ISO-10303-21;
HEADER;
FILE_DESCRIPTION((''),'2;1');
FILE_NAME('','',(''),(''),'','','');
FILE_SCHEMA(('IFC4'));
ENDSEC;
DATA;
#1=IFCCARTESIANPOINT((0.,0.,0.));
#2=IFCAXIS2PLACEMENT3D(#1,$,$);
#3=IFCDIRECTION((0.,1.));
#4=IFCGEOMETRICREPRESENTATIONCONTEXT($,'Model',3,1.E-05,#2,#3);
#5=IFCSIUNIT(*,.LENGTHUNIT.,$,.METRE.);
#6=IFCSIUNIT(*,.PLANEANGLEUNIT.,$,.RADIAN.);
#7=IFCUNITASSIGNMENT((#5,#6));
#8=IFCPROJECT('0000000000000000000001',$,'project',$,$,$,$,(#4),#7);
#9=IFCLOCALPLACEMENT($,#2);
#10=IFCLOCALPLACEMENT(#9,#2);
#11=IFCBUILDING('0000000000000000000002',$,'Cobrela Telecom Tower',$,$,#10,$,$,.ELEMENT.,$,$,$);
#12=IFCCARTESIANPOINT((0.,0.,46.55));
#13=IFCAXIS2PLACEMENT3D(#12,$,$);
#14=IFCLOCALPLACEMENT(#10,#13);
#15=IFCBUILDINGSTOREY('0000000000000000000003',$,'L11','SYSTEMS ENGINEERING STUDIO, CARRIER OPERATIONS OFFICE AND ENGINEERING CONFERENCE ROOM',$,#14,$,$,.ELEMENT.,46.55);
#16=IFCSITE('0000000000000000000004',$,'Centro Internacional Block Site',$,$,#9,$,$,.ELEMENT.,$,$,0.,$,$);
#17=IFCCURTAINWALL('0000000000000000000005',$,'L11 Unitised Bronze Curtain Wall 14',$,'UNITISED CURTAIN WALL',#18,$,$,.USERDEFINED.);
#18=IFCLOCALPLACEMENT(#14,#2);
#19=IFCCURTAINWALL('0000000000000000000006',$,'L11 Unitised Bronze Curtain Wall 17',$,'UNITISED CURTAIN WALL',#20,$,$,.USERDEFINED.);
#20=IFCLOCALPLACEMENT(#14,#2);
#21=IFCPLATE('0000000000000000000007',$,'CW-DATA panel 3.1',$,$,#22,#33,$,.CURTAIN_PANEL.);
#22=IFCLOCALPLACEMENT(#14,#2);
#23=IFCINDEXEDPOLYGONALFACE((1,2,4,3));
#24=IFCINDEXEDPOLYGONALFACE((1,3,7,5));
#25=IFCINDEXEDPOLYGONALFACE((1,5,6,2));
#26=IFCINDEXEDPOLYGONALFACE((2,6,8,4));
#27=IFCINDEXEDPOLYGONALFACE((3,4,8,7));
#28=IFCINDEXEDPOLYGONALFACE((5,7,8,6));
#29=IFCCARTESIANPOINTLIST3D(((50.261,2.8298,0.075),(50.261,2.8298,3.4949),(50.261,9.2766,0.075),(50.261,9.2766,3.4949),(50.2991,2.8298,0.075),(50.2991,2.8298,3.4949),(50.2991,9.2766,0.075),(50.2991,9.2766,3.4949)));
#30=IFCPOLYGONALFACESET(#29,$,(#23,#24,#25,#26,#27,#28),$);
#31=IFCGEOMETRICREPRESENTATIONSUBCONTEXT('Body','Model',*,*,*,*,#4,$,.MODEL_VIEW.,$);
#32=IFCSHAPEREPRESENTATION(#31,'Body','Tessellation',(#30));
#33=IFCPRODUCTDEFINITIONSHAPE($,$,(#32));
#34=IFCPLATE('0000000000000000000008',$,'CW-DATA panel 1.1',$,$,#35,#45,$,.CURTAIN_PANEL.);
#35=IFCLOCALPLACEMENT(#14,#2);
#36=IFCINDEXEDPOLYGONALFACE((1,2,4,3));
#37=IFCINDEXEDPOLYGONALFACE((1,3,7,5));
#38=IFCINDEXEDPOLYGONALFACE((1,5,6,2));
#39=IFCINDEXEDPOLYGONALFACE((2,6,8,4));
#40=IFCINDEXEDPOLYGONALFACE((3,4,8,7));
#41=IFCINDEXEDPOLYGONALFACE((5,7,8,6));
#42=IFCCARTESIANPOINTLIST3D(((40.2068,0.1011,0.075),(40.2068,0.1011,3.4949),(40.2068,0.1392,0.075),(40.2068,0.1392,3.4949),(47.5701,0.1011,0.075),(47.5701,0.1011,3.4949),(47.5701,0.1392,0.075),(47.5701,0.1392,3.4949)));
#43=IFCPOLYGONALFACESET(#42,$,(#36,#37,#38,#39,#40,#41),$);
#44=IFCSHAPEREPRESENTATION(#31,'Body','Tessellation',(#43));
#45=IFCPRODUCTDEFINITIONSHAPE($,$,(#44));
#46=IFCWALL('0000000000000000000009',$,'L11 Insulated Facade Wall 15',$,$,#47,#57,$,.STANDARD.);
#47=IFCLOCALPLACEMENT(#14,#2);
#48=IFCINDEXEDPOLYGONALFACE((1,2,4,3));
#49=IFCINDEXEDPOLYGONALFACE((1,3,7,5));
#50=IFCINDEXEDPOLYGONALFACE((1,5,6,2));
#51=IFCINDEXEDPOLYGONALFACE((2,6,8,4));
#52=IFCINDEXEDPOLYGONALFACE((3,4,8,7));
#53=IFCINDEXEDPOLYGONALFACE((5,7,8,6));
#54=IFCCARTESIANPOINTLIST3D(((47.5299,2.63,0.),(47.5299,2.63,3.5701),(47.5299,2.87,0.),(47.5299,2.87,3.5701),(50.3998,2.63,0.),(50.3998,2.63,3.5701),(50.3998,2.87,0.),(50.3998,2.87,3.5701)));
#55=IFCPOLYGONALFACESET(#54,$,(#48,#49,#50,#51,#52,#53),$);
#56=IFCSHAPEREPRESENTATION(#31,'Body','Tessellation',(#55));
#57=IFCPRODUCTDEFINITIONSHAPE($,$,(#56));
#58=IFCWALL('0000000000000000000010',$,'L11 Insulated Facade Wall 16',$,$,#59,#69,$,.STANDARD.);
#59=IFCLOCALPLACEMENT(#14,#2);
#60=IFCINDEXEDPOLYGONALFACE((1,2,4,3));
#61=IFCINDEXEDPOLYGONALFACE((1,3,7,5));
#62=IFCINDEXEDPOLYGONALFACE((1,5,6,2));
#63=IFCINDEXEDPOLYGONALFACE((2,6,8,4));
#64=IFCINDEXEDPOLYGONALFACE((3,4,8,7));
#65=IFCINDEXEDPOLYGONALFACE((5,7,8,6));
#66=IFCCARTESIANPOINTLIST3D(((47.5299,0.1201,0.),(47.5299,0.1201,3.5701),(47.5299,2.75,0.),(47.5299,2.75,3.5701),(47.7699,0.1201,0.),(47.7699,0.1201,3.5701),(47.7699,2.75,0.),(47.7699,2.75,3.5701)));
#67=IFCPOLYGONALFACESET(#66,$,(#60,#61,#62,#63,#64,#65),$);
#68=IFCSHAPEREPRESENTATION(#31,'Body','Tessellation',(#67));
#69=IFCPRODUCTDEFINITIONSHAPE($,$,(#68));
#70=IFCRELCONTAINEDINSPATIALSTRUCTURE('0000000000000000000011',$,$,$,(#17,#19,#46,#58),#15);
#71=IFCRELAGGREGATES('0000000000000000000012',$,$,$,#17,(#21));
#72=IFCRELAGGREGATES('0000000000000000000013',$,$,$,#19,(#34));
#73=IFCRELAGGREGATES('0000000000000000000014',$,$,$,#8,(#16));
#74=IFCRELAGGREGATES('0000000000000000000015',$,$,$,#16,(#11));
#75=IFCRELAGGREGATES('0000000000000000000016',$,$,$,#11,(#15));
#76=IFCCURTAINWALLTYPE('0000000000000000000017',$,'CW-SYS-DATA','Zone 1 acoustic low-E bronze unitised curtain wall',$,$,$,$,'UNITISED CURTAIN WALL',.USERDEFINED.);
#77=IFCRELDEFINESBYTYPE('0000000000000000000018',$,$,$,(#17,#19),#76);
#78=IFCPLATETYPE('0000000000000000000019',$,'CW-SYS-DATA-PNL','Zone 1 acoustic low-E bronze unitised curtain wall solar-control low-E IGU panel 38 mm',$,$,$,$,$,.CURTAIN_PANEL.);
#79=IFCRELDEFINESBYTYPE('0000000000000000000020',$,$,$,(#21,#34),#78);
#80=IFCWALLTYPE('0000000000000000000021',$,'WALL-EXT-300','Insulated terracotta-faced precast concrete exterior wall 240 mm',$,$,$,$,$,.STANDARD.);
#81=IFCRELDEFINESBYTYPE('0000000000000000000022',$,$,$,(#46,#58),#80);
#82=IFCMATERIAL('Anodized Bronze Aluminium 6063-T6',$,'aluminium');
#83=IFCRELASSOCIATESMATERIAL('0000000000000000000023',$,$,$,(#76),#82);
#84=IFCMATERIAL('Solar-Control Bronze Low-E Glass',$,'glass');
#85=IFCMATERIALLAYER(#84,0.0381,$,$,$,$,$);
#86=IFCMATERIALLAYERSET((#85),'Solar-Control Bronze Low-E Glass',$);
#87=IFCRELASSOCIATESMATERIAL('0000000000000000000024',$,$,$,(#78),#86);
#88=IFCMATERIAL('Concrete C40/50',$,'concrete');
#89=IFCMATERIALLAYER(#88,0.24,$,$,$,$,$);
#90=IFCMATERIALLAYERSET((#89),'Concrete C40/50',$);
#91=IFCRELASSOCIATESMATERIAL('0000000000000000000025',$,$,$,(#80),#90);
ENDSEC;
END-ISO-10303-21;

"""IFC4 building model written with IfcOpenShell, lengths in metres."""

from ifc_helpers import new_model, si_unit, direction, frame, frame_2d, origin, origin_2d, place, context, subcontext, project, spatial, rectangle, extrude, material, layer, layer_set, type_object, element, aggregate, save


model = new_model("IFC4")

# Units and contexts
model_context = context("Model", 3, precision=1e-05, world=origin(), true_north=direction((0.0, 1.0)))
body_context = subcontext(model_context, "Body", "Model", "MODEL_VIEW")
ifc_project = project(units=[si_unit("LENGTHUNIT", "METRE"), si_unit("PLANEANGLEUNIT", "RADIAN")], contexts=[model_context])

# Site, building, storey
site_placement = place(None, origin())
site = spatial("IfcSite", under=ifc_project, at=site_placement, Name="Centro Internacional Block Site", CompositionType="ELEMENT", RefElevation=0.0)
building_placement = place(site_placement, origin())
building = spatial("IfcBuilding", under=site, at=building_placement, Name="Cobrela Telecom Tower", CompositionType="ELEMENT")
storey_placement = place(building_placement, frame((0.0, 0.0, 46.55)))
storey = spatial("IfcBuildingStorey", under=building, at=storey_placement, Name="L11", Description="SYSTEMS ENGINEERING STUDIO, CARRIER OPERATIONS OFFICE AND ENGINEERING CONFERENCE ROOM", CompositionType="ELEMENT", Elevation=46.55)

# Curtain wall
ifc_material_1 = material(Name="Anodized Bronze Aluminium 6063-T6", Category="aluminium")
curtain_wall_type = type_object("IfcCurtainWallType", Name="CW-SYS-DATA", Description="Zone 1 acoustic low-E bronze unitised curtain wall", ElementType="UNITISED CURTAIN WALL", PredefinedType="USERDEFINED", material=ifc_material_1)
curtain_wall_1_placement = place(storey_placement, origin())
curtain_wall_1 = element("IfcCurtainWall", 1, at=curtain_wall_1_placement, inside=storey, type_object=curtain_wall_type, Name="L11 Unitised Bronze Curtain Wall 14", ObjectType="UNITISED CURTAIN WALL", PredefinedType="USERDEFINED")

# Curtain wall
curtain_wall_2_placement = place(storey_placement, origin())
curtain_wall_2 = element("IfcCurtainWall", 2, at=curtain_wall_2_placement, inside=storey, type_object=curtain_wall_type, Name="L11 Unitised Bronze Curtain Wall 17", ObjectType="UNITISED CURTAIN WALL", PredefinedType="USERDEFINED")

# Plates
ifc_material_2 = material(Name="Solar-Control Bronze Low-E Glass", Category="glass")
ifc_layer_1 = layer(ifc_material_2, 0.0381)
ifc_layer_set_1 = layer_set([ifc_layer_1], Name="Solar-Control Bronze Low-E Glass")
plate_type = type_object("IfcPlateType", Name="CW-SYS-DATA-PNL", Description="Zone 1 acoustic low-E bronze unitised curtain wall solar-control low-E IGU panel 38 mm", PredefinedType="CURTAIN_PANEL", material=ifc_layer_set_1)
plate_1_placement = place(storey_placement, frame((50.28, 6.0532, 0.075), z_axis=(0.0, 0.0, 1.0), x_axis=(0.0, -1.0, 0.0)))
plate_1 = element("IfcPlate", 3, at=plate_1_placement, type_object=plate_type, Name="CW-DATA panel 3.1", PredefinedType="CURTAIN_PANEL", context=body_context, shape_type="SweptSolid", body=[
    extrude(rectangle(XDim=6.4468, YDim=0.0381, at=origin_2d()), origin(), (0.0, 0.0, 1.0), 3.4199),
])
aggregate(curtain_wall_1, [plate_1])
plate_2_placement = place(storey_placement, frame((43.8884, 0.1201, 0.075), z_axis=(0.0, 0.0, 1.0), x_axis=(-1.0, 0.0, 0.0)))
plate_2 = element("IfcPlate", 4, at=plate_2_placement, type_object=plate_type, Name="CW-DATA panel 1.1", PredefinedType="CURTAIN_PANEL", context=body_context, shape_type="SweptSolid", body=[
    extrude(rectangle(XDim=7.3633, YDim=0.0381, at=origin_2d()), origin(), (0.0, 0.0, 1.0), 3.4199),
])
aggregate(curtain_wall_2, [plate_2])

# Walls
ifc_material_3 = material(Name="Concrete C40/50", Category="concrete")
ifc_layer_2 = layer(ifc_material_3, 0.24)
ifc_layer_set_2 = layer_set([ifc_layer_2], Name="Concrete C40/50")
wall_type = type_object("IfcWallType", Name="WALL-EXT-300", Description="Insulated terracotta-faced precast concrete exterior wall 240 mm", PredefinedType="STANDARD", material=ifc_layer_set_2)
wall_1_placement = place(storey_placement, frame((50.3999, 2.75, 0.0), z_axis=(0.0, 0.0, 1.0), x_axis=(-1.0, 0.0, 0.0)))
element("IfcWall", 5, at=wall_1_placement, inside=storey, type_object=wall_type, Name="L11 Insulated Facade Wall 15", PredefinedType="STANDARD", context=body_context, shape_type="SweptSolid", body=[
    extrude(rectangle(XDim=2.8699, YDim=0.24, at=frame_2d((1.4351, 0.0))), origin(), (0.0, 0.0, 1.0), 3.5701),
])
wall_2_placement = place(storey_placement, frame((47.6499, 2.75, 0.0), z_axis=(0.0, 0.0, 1.0), x_axis=(0.0, -1.0, 0.0)))
element("IfcWall", 6, at=wall_2_placement, inside=storey, type_object=wall_type, Name="L11 Insulated Facade Wall 16", PredefinedType="STANDARD", context=body_context, shape_type="SweptSolid", body=[
    extrude(rectangle(XDim=2.6299, YDim=0.24, at=frame_2d((1.3149, 0.0))), origin(), (0.0, 0.0, 1.0), 3.5701),
])

save(model, "model.ifc")
